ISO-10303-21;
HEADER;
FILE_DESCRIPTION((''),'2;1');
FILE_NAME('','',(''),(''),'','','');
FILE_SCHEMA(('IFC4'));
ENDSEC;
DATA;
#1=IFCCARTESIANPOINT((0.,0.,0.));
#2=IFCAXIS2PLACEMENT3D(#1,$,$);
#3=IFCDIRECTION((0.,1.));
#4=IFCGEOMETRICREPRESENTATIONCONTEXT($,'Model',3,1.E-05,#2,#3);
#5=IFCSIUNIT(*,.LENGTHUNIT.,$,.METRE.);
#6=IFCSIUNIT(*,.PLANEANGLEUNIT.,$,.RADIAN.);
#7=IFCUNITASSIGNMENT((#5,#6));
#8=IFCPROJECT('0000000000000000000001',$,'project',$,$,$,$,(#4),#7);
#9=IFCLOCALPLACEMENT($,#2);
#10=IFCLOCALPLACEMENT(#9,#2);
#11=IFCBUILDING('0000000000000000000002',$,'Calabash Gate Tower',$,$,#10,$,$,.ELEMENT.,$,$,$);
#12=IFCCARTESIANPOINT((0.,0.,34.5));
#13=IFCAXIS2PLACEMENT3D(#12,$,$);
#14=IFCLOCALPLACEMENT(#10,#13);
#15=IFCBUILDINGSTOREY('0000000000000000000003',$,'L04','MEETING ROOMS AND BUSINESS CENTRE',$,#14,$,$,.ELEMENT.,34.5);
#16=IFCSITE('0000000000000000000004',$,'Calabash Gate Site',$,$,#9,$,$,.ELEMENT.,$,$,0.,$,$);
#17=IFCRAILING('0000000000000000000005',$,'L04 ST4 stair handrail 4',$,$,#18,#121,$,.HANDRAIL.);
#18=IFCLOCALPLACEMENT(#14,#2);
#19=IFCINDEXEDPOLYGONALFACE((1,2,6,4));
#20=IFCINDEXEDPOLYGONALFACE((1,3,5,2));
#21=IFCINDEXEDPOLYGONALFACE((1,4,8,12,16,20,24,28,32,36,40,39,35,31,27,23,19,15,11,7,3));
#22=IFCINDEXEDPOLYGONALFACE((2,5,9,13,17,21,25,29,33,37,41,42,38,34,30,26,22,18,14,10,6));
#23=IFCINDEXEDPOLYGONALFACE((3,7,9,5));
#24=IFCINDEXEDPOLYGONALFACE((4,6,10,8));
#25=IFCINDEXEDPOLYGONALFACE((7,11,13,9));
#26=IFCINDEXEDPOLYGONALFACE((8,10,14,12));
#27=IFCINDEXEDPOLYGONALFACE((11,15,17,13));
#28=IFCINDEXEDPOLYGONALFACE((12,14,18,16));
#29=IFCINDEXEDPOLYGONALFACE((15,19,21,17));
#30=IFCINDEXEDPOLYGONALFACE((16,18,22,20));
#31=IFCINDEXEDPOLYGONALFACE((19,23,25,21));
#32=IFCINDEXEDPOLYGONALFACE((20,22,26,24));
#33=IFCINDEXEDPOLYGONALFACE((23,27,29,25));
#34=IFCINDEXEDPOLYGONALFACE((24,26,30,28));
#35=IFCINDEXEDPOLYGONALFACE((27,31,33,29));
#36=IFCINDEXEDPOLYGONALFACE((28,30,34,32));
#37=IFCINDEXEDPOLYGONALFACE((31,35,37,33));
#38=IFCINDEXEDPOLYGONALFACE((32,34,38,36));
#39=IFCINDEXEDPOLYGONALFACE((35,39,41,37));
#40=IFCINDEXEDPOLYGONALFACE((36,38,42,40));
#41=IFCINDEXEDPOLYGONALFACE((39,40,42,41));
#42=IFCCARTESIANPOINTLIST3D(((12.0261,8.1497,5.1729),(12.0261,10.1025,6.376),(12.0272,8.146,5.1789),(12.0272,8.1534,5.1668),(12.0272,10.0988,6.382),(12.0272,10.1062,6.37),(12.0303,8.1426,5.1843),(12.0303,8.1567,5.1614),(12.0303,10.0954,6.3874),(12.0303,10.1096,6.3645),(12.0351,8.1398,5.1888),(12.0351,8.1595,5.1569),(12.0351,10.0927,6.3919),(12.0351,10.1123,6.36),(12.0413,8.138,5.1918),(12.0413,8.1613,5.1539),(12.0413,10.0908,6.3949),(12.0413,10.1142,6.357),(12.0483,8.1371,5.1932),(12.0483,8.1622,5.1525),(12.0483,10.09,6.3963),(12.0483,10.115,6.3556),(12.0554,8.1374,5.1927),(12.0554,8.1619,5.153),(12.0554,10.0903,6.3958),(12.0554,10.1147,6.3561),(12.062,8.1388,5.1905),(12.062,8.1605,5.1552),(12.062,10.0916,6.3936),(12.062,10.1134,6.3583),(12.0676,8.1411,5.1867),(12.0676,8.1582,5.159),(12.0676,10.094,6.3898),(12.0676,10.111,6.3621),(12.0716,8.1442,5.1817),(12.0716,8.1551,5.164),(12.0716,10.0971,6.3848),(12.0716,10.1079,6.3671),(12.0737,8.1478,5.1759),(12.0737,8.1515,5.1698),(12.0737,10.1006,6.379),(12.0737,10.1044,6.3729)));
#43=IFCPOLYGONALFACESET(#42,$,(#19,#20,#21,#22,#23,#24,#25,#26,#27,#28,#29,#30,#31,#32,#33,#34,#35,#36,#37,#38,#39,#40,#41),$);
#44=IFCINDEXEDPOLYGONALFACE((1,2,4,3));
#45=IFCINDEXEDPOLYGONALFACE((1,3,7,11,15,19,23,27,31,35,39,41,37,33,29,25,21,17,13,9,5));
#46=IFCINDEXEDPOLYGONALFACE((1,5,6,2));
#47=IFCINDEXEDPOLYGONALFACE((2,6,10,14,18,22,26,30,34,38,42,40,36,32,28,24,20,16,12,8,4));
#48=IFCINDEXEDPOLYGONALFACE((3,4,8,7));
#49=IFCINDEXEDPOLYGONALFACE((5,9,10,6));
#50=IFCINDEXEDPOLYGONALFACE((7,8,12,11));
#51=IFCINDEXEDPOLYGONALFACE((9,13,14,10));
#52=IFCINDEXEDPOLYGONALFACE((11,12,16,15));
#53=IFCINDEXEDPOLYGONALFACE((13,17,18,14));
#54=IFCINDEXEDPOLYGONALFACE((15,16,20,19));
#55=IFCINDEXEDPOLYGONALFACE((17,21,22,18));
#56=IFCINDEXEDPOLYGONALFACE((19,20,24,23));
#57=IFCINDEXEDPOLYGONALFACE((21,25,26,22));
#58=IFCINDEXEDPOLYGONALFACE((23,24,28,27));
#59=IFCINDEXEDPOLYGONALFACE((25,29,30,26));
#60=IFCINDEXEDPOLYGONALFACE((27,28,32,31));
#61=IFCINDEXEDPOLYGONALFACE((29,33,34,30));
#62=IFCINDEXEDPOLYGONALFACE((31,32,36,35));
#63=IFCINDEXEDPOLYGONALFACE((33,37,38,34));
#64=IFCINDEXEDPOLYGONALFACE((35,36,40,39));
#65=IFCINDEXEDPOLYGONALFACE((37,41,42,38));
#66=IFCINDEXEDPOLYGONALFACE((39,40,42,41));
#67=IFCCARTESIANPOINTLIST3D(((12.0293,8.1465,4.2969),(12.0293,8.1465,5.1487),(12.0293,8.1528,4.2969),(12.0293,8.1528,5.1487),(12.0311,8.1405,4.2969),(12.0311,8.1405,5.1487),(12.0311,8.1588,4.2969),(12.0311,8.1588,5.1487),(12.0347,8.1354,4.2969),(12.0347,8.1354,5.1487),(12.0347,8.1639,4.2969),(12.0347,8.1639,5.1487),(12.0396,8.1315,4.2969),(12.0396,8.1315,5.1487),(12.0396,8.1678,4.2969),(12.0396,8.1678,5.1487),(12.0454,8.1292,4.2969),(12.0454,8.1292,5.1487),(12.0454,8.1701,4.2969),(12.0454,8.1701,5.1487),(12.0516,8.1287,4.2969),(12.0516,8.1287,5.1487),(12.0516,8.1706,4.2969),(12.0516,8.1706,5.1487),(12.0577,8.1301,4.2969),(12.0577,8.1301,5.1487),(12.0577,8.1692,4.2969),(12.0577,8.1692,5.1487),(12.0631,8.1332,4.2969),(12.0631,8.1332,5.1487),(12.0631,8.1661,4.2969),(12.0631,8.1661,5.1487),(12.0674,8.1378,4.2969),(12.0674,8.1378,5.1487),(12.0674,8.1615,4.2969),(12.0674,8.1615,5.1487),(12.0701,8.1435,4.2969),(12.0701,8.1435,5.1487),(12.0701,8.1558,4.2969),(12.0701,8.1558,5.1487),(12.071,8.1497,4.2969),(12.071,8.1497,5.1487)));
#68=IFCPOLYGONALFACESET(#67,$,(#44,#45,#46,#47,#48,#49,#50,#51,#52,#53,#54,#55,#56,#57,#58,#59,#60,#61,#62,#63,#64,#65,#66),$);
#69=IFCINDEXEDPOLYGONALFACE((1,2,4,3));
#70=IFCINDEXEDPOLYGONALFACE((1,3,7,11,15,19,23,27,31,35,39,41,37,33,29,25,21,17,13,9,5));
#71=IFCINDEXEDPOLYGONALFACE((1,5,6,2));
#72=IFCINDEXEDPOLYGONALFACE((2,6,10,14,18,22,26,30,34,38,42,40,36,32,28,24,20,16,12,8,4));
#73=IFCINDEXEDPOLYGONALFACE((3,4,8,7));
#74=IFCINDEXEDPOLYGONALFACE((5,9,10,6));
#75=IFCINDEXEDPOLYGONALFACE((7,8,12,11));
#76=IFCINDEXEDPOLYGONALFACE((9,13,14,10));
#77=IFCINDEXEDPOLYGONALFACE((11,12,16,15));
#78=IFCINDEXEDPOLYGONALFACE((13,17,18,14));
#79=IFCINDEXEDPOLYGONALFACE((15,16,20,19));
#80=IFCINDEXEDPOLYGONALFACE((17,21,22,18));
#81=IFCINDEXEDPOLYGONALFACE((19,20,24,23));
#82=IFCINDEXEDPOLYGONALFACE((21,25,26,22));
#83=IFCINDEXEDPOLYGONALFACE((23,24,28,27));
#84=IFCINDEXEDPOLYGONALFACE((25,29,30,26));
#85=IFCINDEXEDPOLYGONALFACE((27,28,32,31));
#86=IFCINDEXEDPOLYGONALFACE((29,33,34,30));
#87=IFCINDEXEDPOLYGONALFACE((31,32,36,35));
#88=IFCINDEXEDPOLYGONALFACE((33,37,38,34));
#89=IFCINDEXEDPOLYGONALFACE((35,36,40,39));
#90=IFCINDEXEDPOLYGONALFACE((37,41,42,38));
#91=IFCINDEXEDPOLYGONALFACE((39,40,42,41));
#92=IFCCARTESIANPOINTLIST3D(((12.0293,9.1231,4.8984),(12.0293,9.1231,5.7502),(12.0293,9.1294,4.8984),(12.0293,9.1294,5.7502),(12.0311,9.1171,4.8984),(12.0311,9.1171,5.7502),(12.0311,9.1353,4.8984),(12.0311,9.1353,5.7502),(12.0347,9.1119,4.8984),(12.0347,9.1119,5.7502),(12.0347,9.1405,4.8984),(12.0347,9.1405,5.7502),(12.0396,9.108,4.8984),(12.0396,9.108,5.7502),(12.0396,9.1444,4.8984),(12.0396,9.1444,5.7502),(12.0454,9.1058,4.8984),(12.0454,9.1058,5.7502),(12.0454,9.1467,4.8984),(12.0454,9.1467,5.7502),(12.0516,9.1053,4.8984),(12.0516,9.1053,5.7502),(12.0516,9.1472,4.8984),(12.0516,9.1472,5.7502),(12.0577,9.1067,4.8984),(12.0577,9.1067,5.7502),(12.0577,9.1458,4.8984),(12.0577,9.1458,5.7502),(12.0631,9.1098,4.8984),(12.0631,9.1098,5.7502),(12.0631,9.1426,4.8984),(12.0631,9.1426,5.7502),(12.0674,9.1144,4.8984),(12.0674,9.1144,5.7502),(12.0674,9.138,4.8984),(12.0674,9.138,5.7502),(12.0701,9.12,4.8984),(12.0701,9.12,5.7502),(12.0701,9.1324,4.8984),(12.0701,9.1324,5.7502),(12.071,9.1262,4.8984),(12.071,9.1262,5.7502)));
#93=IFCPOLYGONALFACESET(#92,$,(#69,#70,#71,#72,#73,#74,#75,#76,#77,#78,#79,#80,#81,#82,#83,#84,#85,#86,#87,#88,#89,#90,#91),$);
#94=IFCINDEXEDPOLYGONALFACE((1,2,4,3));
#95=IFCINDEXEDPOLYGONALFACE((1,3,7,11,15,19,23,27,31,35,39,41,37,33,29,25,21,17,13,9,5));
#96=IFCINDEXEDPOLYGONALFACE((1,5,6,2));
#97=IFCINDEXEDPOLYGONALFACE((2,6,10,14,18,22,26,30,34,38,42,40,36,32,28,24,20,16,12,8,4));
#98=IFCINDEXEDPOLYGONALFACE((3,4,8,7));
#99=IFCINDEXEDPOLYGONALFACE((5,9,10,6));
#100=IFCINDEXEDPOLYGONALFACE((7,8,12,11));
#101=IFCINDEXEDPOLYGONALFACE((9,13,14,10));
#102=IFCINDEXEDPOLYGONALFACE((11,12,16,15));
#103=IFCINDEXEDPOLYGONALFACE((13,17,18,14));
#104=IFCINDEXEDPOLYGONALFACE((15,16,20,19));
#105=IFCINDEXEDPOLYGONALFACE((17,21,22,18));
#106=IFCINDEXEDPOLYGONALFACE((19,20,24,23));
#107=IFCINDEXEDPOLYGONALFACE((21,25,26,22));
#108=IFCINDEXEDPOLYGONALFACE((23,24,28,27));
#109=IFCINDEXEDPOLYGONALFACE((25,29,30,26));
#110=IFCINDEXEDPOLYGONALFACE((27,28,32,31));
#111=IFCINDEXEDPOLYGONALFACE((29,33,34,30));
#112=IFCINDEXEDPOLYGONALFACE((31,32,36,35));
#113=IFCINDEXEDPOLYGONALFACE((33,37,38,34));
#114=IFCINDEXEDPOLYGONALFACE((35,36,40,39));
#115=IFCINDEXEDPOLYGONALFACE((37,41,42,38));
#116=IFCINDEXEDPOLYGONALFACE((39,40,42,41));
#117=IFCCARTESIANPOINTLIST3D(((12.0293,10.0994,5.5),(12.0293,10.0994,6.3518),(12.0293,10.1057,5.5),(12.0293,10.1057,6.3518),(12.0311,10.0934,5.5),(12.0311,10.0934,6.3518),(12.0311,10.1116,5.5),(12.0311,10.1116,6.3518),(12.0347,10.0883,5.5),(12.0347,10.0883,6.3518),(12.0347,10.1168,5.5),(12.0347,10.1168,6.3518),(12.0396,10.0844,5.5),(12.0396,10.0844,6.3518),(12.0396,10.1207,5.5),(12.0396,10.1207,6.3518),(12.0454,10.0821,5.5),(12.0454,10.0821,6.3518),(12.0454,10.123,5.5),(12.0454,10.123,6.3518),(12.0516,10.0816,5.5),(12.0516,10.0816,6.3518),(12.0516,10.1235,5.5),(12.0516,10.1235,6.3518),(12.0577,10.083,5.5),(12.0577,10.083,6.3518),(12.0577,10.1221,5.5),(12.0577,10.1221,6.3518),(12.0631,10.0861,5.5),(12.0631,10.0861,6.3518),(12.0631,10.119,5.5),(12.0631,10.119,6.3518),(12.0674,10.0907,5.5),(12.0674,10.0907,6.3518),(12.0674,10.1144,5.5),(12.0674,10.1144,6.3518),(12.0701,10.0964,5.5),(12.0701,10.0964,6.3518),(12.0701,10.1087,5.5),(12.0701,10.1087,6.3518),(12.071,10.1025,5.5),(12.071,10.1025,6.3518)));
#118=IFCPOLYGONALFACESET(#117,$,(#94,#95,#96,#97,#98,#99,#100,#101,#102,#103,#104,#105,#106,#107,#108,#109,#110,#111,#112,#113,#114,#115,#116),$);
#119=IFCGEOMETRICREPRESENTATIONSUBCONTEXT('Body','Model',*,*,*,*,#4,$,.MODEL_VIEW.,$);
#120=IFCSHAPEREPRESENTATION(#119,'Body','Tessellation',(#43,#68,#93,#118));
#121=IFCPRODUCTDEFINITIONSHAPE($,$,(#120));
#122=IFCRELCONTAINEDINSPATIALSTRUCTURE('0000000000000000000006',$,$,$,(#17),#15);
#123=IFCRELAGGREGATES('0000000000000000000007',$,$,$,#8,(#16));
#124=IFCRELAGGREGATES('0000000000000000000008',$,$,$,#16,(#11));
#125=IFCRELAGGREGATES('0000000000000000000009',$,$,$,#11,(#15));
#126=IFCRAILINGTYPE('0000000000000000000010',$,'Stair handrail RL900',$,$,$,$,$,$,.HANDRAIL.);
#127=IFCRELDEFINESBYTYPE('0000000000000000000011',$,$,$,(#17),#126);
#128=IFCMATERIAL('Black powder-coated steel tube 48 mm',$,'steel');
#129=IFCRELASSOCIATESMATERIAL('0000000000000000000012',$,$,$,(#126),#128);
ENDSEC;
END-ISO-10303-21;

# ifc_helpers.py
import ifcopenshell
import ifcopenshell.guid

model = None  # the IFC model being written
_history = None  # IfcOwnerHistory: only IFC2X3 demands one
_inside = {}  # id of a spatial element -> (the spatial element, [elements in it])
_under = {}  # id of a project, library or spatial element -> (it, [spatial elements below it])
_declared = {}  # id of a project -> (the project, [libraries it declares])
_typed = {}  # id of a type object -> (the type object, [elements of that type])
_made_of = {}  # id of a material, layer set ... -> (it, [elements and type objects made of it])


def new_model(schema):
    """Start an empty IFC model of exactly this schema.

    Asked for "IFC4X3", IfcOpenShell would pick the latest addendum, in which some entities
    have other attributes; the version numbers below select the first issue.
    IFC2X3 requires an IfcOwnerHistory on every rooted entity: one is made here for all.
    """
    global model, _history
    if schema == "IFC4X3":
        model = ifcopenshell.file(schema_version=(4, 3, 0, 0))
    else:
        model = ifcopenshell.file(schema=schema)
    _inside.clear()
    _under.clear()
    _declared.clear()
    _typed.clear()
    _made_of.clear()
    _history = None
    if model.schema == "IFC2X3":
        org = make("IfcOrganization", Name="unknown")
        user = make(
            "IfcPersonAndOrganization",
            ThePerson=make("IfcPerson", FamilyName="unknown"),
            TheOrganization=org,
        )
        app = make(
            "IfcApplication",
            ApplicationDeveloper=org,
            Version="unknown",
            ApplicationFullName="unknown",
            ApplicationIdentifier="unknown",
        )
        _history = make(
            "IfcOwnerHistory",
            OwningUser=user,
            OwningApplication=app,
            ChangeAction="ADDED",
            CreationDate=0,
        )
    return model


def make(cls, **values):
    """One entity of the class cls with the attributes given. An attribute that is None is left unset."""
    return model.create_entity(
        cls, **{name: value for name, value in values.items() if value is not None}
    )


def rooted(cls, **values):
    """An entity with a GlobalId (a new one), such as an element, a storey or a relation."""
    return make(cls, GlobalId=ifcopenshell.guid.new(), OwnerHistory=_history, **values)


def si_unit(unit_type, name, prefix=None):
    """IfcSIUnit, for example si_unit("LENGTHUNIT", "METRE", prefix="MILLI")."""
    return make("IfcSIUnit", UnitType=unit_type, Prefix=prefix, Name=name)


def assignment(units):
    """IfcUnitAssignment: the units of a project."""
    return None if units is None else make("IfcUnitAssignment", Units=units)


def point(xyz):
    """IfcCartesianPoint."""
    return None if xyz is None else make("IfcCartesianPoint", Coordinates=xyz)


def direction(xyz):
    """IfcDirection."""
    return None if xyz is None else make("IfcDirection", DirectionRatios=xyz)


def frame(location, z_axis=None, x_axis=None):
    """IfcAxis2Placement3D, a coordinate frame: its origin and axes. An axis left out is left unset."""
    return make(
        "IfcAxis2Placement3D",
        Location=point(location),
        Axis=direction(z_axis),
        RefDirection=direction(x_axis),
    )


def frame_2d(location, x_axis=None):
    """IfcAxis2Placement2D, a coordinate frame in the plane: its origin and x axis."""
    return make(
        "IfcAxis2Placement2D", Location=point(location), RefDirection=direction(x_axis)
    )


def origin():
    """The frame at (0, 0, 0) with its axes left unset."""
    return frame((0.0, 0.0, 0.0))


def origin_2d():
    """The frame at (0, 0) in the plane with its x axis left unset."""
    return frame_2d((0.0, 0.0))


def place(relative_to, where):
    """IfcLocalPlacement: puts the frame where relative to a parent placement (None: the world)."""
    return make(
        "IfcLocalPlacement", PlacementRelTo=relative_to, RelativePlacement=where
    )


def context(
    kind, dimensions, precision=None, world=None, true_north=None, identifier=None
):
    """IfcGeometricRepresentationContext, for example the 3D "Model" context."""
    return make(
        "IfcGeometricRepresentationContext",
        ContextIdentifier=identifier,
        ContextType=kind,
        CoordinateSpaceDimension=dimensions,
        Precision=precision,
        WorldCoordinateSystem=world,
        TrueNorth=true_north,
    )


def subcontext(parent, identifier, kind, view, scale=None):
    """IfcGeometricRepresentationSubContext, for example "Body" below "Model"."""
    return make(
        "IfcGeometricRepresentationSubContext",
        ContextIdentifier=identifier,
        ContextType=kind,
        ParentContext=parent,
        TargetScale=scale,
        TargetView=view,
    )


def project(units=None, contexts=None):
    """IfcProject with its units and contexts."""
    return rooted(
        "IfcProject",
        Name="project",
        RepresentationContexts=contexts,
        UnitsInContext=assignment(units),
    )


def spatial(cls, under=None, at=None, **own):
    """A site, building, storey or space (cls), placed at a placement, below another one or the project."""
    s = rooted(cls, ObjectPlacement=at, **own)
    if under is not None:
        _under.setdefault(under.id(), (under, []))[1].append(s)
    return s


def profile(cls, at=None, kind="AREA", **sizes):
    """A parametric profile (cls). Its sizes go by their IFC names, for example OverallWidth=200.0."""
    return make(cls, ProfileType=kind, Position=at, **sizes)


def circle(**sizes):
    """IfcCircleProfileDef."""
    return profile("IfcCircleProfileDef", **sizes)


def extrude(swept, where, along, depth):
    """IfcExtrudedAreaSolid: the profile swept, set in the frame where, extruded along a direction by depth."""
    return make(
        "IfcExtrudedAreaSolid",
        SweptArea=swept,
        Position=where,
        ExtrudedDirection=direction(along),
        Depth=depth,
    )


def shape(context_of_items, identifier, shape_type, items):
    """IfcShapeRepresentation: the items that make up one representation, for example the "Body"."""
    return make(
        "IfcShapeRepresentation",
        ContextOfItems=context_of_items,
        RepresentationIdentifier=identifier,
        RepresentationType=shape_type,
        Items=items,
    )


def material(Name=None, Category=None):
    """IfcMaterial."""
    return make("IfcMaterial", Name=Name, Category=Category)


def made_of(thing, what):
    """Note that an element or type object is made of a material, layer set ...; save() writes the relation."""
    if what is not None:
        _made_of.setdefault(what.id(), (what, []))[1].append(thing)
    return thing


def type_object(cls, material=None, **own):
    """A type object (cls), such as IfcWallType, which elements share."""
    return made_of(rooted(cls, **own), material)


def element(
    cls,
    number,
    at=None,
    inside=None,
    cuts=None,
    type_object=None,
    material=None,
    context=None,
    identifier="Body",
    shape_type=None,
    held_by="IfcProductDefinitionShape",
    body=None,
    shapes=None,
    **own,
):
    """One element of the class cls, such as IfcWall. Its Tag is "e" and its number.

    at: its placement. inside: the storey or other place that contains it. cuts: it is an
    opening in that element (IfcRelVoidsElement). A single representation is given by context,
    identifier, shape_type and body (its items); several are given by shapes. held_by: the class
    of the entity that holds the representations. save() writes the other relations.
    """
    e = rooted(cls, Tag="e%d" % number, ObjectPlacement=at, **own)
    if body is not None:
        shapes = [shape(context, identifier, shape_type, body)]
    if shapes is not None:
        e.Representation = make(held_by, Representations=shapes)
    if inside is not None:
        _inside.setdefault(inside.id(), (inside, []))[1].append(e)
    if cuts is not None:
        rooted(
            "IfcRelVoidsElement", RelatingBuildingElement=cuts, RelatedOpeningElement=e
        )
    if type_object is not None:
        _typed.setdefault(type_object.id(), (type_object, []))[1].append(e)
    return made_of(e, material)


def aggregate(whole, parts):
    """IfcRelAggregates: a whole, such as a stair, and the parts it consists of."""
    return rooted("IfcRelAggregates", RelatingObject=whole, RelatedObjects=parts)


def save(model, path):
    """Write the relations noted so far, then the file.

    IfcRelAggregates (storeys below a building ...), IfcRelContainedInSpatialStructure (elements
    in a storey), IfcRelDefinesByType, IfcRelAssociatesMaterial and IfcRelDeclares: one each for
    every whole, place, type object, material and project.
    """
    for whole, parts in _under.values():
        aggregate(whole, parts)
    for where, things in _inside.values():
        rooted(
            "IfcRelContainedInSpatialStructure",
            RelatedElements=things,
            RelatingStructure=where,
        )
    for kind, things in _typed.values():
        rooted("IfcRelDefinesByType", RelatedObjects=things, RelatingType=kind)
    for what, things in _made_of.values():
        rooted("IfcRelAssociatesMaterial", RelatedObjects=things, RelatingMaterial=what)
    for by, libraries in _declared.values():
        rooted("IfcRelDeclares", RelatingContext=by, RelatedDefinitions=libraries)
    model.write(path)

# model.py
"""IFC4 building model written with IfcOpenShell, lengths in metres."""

from ifc_helpers import new_model, si_unit, direction, frame, origin, origin_2d, place, context, subcontext, project, spatial, circle, extrude, material, type_object, element, save


model = new_model("IFC4")

# Units and contexts
model_context = context("Model", 3, precision=1e-05, world=origin(), true_north=direction((0.0, 1.0)))
body_context = subcontext(model_context, "Body", "Model", "MODEL_VIEW")
ifc_project = project(units=[si_unit("LENGTHUNIT", "METRE"), si_unit("PLANEANGLEUNIT", "RADIAN")], contexts=[model_context])

# Site, building, storey
site_placement = place(None, origin())
site = spatial("IfcSite", under=ifc_project, at=site_placement, Name="Calabash Gate Site", CompositionType="ELEMENT", RefElevation=0.0)
building_placement = place(site_placement, origin())
building = spatial("IfcBuilding", under=site, at=building_placement, Name="Calabash Gate Tower", CompositionType="ELEMENT")
storey_placement = place(building_placement, frame((0.0, 0.0, 34.5)))
storey = spatial("IfcBuildingStorey", under=building, at=storey_placement, Name="L04", Description="MEETING ROOMS AND BUSINESS CENTRE", CompositionType="ELEMENT", Elevation=34.5)

# Railing
ifc_material_1 = material(Name="Black powder-coated steel tube 48 mm", Category="steel")
railing_type_1 = type_object("IfcRailingType", Name="Stair handrail RL900", PredefinedType="HANDRAIL", material=ifc_material_1)
railing_1_placement = place(storey_placement, frame((12.05, 8.1497, 4.2969)))
element("IfcRailing", 1, at=railing_1_placement, inside=storey, type_object=railing_type_1, Name="L04 ST4 stair handrail 4", PredefinedType="HANDRAIL", context=body_context, shape_type="SweptSolid", body=[
    extrude(circle(Radius=0.0239, at=origin_2d()), frame((0.0, 0.0, 0.876), z_axis=(0.0, 0.851395, 0.524525), x_axis=(-1.0, 0.0, 0.0)), (0.0, 0.0, 1.0), 2.2937),
    extrude(circle(Radius=0.021, at=origin_2d()), origin(), (0.0, 0.0, 1.0), 0.8518),
    extrude(circle(Radius=0.021, at=origin_2d()), frame((0.0, 0.9766, 0.6016)), (0.0, 0.0, 1.0), 0.8518),
    extrude(circle(Radius=0.021, at=origin_2d()), frame((0.0, 1.9529, 1.2031)), (0.0, 0.0, 1.0), 0.8518),
])

save(model, "model.ifc")
